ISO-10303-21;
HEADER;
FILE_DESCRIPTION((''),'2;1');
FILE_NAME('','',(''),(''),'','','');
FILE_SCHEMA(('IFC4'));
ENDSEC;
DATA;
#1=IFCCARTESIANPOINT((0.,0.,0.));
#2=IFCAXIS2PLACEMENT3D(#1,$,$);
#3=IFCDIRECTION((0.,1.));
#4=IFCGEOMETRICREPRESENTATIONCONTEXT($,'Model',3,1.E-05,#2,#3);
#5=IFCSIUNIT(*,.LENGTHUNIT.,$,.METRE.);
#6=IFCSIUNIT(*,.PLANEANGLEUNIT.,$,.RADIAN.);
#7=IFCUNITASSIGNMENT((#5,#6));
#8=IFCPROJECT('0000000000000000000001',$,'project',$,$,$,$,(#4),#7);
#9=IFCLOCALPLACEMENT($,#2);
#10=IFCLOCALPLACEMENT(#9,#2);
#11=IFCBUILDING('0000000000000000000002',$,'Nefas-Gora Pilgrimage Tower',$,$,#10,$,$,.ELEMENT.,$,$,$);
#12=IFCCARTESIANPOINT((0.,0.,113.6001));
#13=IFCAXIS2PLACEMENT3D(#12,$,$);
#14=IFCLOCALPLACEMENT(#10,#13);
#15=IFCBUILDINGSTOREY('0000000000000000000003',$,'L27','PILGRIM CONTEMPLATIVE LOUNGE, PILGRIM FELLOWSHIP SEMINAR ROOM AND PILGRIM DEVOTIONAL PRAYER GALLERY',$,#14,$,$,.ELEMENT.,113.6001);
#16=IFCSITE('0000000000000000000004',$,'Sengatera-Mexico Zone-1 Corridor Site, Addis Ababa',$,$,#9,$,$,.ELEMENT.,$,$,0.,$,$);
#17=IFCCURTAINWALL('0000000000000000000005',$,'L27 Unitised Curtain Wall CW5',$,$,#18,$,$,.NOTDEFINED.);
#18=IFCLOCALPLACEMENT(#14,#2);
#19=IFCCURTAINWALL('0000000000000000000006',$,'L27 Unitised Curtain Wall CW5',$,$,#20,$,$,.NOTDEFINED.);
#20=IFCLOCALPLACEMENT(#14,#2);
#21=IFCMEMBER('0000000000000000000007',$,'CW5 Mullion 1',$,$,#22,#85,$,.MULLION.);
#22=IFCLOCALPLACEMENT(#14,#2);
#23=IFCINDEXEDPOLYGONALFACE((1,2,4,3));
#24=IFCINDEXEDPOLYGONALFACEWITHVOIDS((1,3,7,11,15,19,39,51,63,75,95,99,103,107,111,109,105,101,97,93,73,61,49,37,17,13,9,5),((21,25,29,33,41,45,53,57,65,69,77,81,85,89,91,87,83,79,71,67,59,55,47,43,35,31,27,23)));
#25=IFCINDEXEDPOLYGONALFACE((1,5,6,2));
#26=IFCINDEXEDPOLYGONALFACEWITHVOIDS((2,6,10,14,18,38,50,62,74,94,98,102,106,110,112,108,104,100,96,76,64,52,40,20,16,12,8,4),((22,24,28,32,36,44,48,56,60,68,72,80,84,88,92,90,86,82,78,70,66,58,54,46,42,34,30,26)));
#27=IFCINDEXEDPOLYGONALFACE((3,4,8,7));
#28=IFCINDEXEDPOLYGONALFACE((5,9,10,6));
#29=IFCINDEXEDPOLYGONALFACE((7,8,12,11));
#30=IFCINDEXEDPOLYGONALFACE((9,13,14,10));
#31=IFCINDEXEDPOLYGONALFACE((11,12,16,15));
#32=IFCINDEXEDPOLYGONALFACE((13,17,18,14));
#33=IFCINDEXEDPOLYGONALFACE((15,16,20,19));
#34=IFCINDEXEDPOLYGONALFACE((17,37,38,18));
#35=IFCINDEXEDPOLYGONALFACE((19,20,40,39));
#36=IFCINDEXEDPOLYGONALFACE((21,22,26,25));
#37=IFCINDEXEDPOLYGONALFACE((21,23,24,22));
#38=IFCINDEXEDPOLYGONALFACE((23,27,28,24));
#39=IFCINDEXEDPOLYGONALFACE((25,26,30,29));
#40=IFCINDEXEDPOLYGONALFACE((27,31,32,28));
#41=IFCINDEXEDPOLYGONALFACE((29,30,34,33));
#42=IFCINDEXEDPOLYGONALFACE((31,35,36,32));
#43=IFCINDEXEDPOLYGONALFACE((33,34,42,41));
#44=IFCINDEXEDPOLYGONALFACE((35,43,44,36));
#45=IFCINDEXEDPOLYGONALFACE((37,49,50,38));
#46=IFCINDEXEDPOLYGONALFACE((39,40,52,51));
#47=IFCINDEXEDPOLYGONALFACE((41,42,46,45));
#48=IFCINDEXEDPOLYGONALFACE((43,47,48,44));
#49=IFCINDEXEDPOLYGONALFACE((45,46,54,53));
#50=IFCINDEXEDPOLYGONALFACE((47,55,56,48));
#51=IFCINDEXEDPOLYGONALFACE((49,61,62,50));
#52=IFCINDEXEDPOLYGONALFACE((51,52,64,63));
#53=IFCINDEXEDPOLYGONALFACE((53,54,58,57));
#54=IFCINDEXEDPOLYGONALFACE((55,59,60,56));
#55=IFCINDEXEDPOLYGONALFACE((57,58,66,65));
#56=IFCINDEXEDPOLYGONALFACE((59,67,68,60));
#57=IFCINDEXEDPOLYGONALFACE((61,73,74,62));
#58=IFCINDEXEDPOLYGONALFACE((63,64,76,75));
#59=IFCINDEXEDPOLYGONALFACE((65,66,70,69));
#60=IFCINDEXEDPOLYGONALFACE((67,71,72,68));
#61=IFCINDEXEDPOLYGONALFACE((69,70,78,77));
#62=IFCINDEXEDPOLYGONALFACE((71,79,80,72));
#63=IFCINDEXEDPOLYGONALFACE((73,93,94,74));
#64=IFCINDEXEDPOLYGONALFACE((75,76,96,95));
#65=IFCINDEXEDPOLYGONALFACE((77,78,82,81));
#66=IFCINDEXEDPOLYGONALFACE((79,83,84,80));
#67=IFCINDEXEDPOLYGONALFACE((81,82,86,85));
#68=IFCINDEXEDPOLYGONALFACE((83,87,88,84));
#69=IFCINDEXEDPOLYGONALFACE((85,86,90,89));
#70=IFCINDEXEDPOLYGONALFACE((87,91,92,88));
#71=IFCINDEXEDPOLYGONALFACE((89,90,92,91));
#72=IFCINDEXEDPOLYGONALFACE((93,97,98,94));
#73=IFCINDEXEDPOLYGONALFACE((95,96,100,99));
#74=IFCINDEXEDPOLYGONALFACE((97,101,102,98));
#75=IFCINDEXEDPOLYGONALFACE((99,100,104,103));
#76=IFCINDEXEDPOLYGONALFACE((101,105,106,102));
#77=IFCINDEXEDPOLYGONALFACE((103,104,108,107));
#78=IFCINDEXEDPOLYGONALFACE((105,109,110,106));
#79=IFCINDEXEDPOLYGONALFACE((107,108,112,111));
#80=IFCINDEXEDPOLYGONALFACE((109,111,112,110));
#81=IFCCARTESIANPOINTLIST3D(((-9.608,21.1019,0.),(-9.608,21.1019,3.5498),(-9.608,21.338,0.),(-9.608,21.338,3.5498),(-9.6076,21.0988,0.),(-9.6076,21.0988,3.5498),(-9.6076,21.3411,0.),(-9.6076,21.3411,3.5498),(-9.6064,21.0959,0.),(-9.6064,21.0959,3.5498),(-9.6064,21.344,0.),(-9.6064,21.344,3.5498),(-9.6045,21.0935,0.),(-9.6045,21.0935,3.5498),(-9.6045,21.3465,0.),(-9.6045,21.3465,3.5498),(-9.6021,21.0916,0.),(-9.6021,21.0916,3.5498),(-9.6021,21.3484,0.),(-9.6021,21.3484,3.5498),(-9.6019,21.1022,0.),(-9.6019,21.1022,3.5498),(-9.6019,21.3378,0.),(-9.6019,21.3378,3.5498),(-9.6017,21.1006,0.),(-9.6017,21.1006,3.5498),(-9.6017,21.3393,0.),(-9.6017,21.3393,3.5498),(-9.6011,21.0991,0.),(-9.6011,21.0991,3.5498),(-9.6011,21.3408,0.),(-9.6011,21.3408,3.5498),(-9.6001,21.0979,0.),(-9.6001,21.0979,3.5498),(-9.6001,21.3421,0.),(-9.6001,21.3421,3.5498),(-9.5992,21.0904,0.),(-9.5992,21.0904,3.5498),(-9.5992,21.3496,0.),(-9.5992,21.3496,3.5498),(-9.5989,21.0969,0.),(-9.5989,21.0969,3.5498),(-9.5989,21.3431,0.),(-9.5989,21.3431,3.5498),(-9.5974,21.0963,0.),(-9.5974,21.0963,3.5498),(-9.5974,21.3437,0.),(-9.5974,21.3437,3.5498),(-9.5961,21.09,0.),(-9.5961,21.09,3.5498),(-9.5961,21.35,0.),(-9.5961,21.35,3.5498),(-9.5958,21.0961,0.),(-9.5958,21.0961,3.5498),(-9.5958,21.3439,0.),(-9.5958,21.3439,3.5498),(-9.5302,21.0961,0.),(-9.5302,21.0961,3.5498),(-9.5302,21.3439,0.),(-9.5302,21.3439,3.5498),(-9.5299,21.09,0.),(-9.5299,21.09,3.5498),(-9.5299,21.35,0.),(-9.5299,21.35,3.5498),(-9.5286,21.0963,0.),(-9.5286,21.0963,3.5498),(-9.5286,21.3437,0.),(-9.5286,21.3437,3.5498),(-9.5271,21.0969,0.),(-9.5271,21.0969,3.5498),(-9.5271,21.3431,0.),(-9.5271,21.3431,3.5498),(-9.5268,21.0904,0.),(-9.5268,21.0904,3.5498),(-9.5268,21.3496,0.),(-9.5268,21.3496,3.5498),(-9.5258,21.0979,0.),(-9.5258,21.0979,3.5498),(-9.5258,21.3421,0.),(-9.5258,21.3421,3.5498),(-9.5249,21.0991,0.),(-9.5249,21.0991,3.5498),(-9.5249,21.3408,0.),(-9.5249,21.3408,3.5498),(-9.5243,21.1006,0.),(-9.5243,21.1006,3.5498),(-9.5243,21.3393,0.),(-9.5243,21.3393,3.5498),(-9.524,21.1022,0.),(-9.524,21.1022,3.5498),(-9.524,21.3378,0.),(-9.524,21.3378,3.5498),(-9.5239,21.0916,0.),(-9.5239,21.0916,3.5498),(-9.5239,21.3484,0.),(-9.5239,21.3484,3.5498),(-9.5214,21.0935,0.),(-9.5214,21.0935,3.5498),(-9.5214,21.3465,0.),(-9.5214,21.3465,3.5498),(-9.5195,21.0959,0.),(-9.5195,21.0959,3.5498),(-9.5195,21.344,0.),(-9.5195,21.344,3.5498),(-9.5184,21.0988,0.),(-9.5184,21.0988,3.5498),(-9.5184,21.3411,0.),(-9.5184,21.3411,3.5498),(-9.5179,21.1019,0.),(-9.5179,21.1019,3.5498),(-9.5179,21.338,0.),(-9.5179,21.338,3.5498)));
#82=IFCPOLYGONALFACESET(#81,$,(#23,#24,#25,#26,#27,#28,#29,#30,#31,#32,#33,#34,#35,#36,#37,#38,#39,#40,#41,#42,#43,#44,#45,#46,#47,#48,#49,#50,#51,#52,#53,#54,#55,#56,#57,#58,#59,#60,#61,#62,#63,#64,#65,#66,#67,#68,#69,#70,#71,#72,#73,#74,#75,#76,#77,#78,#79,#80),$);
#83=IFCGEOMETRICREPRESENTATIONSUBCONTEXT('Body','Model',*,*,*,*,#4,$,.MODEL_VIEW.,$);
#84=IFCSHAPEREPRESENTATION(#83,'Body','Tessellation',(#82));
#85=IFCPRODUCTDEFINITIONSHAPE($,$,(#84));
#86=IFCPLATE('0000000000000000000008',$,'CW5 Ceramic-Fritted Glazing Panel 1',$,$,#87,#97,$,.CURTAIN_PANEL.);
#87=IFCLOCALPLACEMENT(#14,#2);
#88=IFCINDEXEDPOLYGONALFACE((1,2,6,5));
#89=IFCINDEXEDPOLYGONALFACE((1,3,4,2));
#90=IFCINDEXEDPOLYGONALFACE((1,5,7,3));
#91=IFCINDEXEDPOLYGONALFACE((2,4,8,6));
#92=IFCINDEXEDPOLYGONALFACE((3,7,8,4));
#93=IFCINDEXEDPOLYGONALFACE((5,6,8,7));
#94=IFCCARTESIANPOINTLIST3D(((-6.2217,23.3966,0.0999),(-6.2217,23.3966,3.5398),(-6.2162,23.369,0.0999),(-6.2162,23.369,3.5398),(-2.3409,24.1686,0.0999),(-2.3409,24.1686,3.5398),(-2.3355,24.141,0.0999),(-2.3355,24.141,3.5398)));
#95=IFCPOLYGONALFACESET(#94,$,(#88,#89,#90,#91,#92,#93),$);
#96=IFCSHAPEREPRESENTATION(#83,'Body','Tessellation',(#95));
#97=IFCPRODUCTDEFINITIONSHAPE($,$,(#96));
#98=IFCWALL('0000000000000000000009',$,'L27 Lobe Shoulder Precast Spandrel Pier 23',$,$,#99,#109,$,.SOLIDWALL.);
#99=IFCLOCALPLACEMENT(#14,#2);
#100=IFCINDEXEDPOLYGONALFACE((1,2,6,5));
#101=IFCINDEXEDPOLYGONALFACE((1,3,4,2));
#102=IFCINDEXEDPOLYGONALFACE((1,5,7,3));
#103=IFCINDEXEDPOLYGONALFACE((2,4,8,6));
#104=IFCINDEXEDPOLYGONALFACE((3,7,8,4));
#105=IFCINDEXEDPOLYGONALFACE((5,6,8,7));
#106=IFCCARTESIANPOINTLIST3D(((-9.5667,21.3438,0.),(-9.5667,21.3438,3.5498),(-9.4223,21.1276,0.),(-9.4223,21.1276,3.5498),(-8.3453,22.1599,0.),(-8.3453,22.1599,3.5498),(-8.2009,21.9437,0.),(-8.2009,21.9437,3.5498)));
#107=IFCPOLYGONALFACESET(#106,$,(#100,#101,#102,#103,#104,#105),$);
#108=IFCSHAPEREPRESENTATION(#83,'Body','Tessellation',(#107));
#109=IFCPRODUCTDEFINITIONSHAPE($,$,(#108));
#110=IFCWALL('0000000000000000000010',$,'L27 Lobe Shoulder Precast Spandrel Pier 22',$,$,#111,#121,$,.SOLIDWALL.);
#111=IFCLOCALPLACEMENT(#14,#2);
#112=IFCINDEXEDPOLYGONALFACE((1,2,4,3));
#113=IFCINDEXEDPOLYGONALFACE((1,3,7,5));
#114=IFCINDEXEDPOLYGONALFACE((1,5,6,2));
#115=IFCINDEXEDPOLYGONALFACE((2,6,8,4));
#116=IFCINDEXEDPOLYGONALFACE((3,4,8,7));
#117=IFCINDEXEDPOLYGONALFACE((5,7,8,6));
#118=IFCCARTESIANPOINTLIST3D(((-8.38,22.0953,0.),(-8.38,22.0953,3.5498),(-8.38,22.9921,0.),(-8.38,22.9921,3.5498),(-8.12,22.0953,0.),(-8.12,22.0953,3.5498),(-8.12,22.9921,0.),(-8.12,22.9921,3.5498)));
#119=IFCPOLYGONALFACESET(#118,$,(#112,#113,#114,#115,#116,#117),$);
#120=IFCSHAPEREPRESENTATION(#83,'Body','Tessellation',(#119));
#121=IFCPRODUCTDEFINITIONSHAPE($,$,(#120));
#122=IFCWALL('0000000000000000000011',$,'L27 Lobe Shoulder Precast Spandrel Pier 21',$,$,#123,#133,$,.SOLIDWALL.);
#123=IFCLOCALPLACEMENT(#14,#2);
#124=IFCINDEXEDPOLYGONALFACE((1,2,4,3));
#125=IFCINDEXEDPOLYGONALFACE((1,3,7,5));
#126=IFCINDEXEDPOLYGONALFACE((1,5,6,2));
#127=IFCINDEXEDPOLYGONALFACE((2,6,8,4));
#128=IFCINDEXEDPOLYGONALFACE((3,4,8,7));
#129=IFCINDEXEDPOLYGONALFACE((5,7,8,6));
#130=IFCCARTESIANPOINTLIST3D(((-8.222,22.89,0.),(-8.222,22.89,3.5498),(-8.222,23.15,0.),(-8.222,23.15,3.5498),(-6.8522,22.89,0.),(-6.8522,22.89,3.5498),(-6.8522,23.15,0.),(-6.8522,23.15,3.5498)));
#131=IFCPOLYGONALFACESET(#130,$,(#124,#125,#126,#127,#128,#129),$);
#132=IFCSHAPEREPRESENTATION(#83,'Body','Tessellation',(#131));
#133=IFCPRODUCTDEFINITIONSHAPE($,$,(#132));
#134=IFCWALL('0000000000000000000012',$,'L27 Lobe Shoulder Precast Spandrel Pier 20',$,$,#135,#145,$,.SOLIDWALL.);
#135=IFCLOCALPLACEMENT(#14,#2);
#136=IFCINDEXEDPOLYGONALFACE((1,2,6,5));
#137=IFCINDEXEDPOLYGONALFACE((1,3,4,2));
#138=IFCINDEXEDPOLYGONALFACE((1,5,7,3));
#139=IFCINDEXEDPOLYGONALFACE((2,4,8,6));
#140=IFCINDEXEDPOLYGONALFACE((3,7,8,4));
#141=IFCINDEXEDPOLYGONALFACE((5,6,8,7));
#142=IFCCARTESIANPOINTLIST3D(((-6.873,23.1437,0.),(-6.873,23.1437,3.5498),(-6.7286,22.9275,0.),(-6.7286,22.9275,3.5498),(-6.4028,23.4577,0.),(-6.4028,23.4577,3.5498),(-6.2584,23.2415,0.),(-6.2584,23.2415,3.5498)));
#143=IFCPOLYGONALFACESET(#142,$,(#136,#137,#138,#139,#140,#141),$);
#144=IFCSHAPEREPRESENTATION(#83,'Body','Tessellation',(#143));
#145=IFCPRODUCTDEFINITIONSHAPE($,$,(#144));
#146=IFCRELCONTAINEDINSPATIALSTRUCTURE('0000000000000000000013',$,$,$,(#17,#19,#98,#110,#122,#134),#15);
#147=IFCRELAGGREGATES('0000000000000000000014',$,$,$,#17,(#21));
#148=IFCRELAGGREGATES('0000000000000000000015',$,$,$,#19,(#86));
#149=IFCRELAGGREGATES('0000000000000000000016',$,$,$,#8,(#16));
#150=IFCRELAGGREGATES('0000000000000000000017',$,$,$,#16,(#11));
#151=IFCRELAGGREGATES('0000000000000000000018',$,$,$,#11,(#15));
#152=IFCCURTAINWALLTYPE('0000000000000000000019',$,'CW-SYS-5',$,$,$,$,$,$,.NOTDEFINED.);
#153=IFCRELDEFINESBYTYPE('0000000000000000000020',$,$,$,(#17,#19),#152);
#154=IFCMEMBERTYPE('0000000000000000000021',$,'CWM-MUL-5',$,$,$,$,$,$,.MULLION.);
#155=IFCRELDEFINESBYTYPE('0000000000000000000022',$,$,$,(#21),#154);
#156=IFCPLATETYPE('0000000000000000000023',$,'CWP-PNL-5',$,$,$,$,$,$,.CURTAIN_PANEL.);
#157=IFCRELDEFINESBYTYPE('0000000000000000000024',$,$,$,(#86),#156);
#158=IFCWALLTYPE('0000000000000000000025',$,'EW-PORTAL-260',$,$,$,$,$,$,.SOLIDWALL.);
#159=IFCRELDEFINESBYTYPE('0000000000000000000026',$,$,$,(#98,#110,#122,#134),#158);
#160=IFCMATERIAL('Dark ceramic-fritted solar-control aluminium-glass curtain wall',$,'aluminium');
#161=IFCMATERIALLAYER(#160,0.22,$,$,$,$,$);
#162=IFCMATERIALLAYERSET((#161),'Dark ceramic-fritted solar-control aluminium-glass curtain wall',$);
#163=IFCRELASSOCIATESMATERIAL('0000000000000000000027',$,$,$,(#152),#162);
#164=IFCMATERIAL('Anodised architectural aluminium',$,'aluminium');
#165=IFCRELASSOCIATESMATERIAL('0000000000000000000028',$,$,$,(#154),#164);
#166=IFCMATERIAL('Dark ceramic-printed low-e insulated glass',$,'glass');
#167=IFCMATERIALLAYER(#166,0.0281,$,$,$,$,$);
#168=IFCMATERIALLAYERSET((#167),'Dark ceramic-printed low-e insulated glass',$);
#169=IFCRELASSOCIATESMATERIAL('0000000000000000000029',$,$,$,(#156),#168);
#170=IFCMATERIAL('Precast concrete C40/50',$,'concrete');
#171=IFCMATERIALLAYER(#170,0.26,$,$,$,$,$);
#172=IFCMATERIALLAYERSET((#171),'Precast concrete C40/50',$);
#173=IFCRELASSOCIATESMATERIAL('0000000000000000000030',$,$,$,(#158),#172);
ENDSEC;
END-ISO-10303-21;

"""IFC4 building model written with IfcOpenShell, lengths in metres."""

from ifc_helpers import new_model, si_unit, direction, frame, frame_2d, origin, origin_2d, place, context, subcontext, project, spatial, rectangle, hollow_rectangle, extrude, source, transform, mapped, material, layer, layer_set, material_profile, profile_set, type_object, element, aggregate, save


model = new_model("IFC4")

# Units and contexts
model_context = context("Model", 3, precision=1e-05, world=origin(), true_north=direction((0.0, 1.0)))
body_context = subcontext(model_context, "Body", "Model", "MODEL_VIEW")
ifc_project = project(units=[si_unit("LENGTHUNIT", "METRE"), si_unit("PLANEANGLEUNIT", "RADIAN")], contexts=[model_context])

# Site, building, storey
site_placement = place(None, origin())
site = spatial("IfcSite", under=ifc_project, at=site_placement, Name="Sengatera-Mexico Zone-1 Corridor Site, Addis Ababa", CompositionType="ELEMENT", RefElevation=0.0)
building_placement = place(site_placement, origin())
building = spatial("IfcBuilding", under=site, at=building_placement, Name="Nefas-Gora Pilgrimage Tower", CompositionType="ELEMENT")
storey_placement = place(building_placement, frame((0.0, 0.0, 113.6001)))
storey = spatial("IfcBuildingStorey", under=building, at=storey_placement, Name="L27", Description="PILGRIM CONTEMPLATIVE LOUNGE, PILGRIM FELLOWSHIP SEMINAR ROOM AND PILGRIM DEVOTIONAL PRAYER GALLERY", CompositionType="ELEMENT", Elevation=113.6001)

# Curtain wall
ifc_material_1 = material(Name="Dark ceramic-fritted solar-control aluminium-glass curtain wall", Category="aluminium")
ifc_layer_1 = layer(ifc_material_1, 0.22)
ifc_layer_set_1 = layer_set([ifc_layer_1], Name="Dark ceramic-fritted solar-control aluminium-glass curtain wall")
curtain_wall_type = type_object("IfcCurtainWallType", Name="CW-SYS-5", PredefinedType="NOTDEFINED", material=ifc_layer_set_1)
curtain_wall_1_placement = place(storey_placement, origin())
curtain_wall_1 = element("IfcCurtainWall", 1, at=curtain_wall_1_placement, inside=storey, type_object=curtain_wall_type, Name="L27 Unitised Curtain Wall CW5", PredefinedType="NOTDEFINED")
ifc_material_2 = material(Name="Anodised architectural aluminium", Category="aluminium")

# Curtain wall
curtain_wall_2_placement = place(storey_placement, origin())
curtain_wall_2 = element("IfcCurtainWall", 2, at=curtain_wall_2_placement, inside=storey, type_object=curtain_wall_type, Name="L27 Unitised Curtain Wall CW5", PredefinedType="NOTDEFINED")
ifc_material_profile_1 = material_profile(ifc_material_2, hollow_rectangle(XDim=0.0901, YDim=0.26, WallThickness=0.0061, InnerFilletRadius=0.0061, OuterFilletRadius=0.012, at=origin_2d()), Name="ALU MULLION 90x260")
ifc_profile_set_1 = profile_set([ifc_material_profile_1], Name="Anodised architectural aluminium")
member_type_1 = type_object("IfcMemberType", Name="CWM-MUL-5", PredefinedType="MULLION", material=ifc_profile_set_1)
shared_shape_1 = source(origin(), body_context, "Body", "SweptSolid", [
    extrude(hollow_rectangle(XDim=0.0901, YDim=0.26, WallThickness=0.0061, InnerFilletRadius=0.0061, OuterFilletRadius=0.012, at=origin_2d()), origin(), (0.0, 0.0, 1.0), 3.5498),
])

# Member
member_1_placement = place(storey_placement, frame((-9.563, 21.22, 0.0), z_axis=(0.0, 0.0, 1.0), x_axis=(-1.0, 0.0, 0.0)))
member_1 = element("IfcMember", 3, at=member_1_placement, type_object=member_type_1, Name="CW5 Mullion 1", PredefinedType="MULLION", context=body_context, shape_type="MappedRepresentation", body=[
    mapped(shared_shape_1, transform((0.0, 0.0, 0.0), x_axis=(1.0, 0.0, 0.0), y_axis=(0.0, 1.0, 0.0), z_axis=(0.0, 0.0, 1.0), scale=1.0)),
])
aggregate(curtain_wall_1, [member_1])

# Plate
ifc_material_3 = material(Name="Dark ceramic-printed low-e insulated glass", Category="glass")
ifc_layer_2 = layer(ifc_material_3, 0.0281)
ifc_layer_set_2 = layer_set([ifc_layer_2], Name="Dark ceramic-printed low-e insulated glass")
plate_type = type_object("IfcPlateType", Name="CWP-PNL-5", PredefinedType="CURTAIN_PANEL", material=ifc_layer_set_2)
shared_shape_2 = source(origin(), body_context, "Body", "SweptSolid", [
    extrude(rectangle(XDim=3.9568, YDim=0.0281, at=origin_2d()), origin(), (0.0, 0.0, 1.0), 3.4399),
])
plate_placement = place(storey_placement, frame((-4.2786, 23.7688, 0.0999), z_axis=(0.0, 0.0, 1.0), x_axis=(-0.980783, -0.195102, 0.0)))
plate = element("IfcPlate", 4, at=plate_placement, type_object=plate_type, Name="CW5 Ceramic-Fritted Glazing Panel 1", PredefinedType="CURTAIN_PANEL", context=body_context, shape_type="MappedRepresentation", body=[
    mapped(shared_shape_2, transform((0.0, 0.0, 0.0), x_axis=(1.0, 0.0, 0.0), y_axis=(0.0, 1.0, 0.0), z_axis=(0.0, 0.0, 1.0), scale=1.0)),
])
aggregate(curtain_wall_2, [plate])

# Walls
ifc_material_4 = material(Name="Precast concrete C40/50", Category="concrete")
ifc_layer_3 = layer(ifc_material_4, 0.26)
ifc_layer_set_3 = layer_set([ifc_layer_3], Name="Precast concrete C40/50")
wall_type = type_object("IfcWallType", Name="EW-PORTAL-260", PredefinedType="SOLIDWALL", material=ifc_layer_set_3)
shared_shape_3 = source(origin(), body_context, "Body", "SweptSolid", [
    extrude(rectangle(XDim=1.469, YDim=0.26, at=frame_2d((0.7344, 0.0))), origin(), (0.0, 0.0, 1.0), 3.5498),
])
wall_1_placement = place(storey_placement, frame((-8.2732, 22.0518, 0.0), z_axis=(0.0, 0.0, 1.0), x_axis=(-0.831462, -0.555582, 0.0)))
element("IfcWall", 5, at=wall_1_placement, inside=storey, type_object=wall_type, Name="L27 Lobe Shoulder Precast Spandrel Pier 23", PredefinedType="SOLIDWALL", context=body_context, shape_type="MappedRepresentation", body=[
    mapped(shared_shape_3, transform((0.0, 0.0, 0.0), x_axis=(1.0, 0.0, 0.0), y_axis=(0.0, 1.0, 0.0), z_axis=(0.0, 0.0, 1.0), scale=1.0)),
])
shared_shape_4 = source(origin(), body_context, "Body", "SweptSolid", [
    extrude(rectangle(XDim=0.8967, YDim=0.26, at=frame_2d((0.4482, 0.0))), origin(), (0.0, 0.0, 1.0), 3.5498),
])
wall_2_placement = place(storey_placement, frame((-8.25, 22.9919, 0.0), z_axis=(0.0, 0.0, 1.0), x_axis=(0.0, -1.0, 0.0)))
element("IfcWall", 6, at=wall_2_placement, inside=storey, type_object=wall_type, Name="L27 Lobe Shoulder Precast Spandrel Pier 22", PredefinedType="SOLIDWALL", context=body_context, shape_type="MappedRepresentation", body=[
    mapped(shared_shape_4, transform((0.0, 0.0, 0.0), x_axis=(1.0, 0.0, 0.0), y_axis=(0.0, 1.0, 0.0), z_axis=(0.0, 0.0, 1.0), scale=1.0)),
])
shared_shape_5 = source(origin(), body_context, "Body", "SweptSolid", [
    extrude(rectangle(XDim=1.3699, YDim=0.26, at=frame_2d((0.6851, 0.0))), origin(), (0.0, 0.0, 1.0), 3.5498),
])
wall_3_placement = place(storey_placement, frame((-6.8521, 23.02, 0.0), z_axis=(0.0, 0.0, 1.0), x_axis=(-1.0, 0.0, 0.0)))
element("IfcWall", 7, at=wall_3_placement, inside=storey, type_object=wall_type, Name="L27 Lobe Shoulder Precast Spandrel Pier 21", PredefinedType="SOLIDWALL", context=body_context, shape_type="MappedRepresentation", body=[
    mapped(shared_shape_5, transform((0.0, 0.0, 0.0), x_axis=(1.0, 0.0, 0.0), y_axis=(0.0, 1.0, 0.0), z_axis=(0.0, 0.0, 1.0), scale=1.0)),
])
shared_shape_6 = source(origin(), body_context, "Body", "SweptSolid", [
    extrude(rectangle(XDim=0.5654, YDim=0.26, at=frame_2d((0.2827, 0.0))), origin(), (0.0, 0.0, 1.0), 3.5498),
])
wall_4_placement = place(storey_placement, frame((-6.3306, 23.3496, 0.0), z_axis=(0.0, 0.0, 1.0), x_axis=(-0.831651, -0.555298, 0.0)))
element("IfcWall", 8, at=wall_4_placement, inside=storey, type_object=wall_type, Name="L27 Lobe Shoulder Precast Spandrel Pier 20", PredefinedType="SOLIDWALL", context=body_context, shape_type="MappedRepresentation", body=[
    mapped(shared_shape_6, transform((0.0, 0.0, 0.0), x_axis=(1.0, 0.0, 0.0), y_axis=(0.0, 1.0, 0.0), z_axis=(0.0, 0.0, 1.0), scale=1.0)),
])

save(model, "model.ifc")
